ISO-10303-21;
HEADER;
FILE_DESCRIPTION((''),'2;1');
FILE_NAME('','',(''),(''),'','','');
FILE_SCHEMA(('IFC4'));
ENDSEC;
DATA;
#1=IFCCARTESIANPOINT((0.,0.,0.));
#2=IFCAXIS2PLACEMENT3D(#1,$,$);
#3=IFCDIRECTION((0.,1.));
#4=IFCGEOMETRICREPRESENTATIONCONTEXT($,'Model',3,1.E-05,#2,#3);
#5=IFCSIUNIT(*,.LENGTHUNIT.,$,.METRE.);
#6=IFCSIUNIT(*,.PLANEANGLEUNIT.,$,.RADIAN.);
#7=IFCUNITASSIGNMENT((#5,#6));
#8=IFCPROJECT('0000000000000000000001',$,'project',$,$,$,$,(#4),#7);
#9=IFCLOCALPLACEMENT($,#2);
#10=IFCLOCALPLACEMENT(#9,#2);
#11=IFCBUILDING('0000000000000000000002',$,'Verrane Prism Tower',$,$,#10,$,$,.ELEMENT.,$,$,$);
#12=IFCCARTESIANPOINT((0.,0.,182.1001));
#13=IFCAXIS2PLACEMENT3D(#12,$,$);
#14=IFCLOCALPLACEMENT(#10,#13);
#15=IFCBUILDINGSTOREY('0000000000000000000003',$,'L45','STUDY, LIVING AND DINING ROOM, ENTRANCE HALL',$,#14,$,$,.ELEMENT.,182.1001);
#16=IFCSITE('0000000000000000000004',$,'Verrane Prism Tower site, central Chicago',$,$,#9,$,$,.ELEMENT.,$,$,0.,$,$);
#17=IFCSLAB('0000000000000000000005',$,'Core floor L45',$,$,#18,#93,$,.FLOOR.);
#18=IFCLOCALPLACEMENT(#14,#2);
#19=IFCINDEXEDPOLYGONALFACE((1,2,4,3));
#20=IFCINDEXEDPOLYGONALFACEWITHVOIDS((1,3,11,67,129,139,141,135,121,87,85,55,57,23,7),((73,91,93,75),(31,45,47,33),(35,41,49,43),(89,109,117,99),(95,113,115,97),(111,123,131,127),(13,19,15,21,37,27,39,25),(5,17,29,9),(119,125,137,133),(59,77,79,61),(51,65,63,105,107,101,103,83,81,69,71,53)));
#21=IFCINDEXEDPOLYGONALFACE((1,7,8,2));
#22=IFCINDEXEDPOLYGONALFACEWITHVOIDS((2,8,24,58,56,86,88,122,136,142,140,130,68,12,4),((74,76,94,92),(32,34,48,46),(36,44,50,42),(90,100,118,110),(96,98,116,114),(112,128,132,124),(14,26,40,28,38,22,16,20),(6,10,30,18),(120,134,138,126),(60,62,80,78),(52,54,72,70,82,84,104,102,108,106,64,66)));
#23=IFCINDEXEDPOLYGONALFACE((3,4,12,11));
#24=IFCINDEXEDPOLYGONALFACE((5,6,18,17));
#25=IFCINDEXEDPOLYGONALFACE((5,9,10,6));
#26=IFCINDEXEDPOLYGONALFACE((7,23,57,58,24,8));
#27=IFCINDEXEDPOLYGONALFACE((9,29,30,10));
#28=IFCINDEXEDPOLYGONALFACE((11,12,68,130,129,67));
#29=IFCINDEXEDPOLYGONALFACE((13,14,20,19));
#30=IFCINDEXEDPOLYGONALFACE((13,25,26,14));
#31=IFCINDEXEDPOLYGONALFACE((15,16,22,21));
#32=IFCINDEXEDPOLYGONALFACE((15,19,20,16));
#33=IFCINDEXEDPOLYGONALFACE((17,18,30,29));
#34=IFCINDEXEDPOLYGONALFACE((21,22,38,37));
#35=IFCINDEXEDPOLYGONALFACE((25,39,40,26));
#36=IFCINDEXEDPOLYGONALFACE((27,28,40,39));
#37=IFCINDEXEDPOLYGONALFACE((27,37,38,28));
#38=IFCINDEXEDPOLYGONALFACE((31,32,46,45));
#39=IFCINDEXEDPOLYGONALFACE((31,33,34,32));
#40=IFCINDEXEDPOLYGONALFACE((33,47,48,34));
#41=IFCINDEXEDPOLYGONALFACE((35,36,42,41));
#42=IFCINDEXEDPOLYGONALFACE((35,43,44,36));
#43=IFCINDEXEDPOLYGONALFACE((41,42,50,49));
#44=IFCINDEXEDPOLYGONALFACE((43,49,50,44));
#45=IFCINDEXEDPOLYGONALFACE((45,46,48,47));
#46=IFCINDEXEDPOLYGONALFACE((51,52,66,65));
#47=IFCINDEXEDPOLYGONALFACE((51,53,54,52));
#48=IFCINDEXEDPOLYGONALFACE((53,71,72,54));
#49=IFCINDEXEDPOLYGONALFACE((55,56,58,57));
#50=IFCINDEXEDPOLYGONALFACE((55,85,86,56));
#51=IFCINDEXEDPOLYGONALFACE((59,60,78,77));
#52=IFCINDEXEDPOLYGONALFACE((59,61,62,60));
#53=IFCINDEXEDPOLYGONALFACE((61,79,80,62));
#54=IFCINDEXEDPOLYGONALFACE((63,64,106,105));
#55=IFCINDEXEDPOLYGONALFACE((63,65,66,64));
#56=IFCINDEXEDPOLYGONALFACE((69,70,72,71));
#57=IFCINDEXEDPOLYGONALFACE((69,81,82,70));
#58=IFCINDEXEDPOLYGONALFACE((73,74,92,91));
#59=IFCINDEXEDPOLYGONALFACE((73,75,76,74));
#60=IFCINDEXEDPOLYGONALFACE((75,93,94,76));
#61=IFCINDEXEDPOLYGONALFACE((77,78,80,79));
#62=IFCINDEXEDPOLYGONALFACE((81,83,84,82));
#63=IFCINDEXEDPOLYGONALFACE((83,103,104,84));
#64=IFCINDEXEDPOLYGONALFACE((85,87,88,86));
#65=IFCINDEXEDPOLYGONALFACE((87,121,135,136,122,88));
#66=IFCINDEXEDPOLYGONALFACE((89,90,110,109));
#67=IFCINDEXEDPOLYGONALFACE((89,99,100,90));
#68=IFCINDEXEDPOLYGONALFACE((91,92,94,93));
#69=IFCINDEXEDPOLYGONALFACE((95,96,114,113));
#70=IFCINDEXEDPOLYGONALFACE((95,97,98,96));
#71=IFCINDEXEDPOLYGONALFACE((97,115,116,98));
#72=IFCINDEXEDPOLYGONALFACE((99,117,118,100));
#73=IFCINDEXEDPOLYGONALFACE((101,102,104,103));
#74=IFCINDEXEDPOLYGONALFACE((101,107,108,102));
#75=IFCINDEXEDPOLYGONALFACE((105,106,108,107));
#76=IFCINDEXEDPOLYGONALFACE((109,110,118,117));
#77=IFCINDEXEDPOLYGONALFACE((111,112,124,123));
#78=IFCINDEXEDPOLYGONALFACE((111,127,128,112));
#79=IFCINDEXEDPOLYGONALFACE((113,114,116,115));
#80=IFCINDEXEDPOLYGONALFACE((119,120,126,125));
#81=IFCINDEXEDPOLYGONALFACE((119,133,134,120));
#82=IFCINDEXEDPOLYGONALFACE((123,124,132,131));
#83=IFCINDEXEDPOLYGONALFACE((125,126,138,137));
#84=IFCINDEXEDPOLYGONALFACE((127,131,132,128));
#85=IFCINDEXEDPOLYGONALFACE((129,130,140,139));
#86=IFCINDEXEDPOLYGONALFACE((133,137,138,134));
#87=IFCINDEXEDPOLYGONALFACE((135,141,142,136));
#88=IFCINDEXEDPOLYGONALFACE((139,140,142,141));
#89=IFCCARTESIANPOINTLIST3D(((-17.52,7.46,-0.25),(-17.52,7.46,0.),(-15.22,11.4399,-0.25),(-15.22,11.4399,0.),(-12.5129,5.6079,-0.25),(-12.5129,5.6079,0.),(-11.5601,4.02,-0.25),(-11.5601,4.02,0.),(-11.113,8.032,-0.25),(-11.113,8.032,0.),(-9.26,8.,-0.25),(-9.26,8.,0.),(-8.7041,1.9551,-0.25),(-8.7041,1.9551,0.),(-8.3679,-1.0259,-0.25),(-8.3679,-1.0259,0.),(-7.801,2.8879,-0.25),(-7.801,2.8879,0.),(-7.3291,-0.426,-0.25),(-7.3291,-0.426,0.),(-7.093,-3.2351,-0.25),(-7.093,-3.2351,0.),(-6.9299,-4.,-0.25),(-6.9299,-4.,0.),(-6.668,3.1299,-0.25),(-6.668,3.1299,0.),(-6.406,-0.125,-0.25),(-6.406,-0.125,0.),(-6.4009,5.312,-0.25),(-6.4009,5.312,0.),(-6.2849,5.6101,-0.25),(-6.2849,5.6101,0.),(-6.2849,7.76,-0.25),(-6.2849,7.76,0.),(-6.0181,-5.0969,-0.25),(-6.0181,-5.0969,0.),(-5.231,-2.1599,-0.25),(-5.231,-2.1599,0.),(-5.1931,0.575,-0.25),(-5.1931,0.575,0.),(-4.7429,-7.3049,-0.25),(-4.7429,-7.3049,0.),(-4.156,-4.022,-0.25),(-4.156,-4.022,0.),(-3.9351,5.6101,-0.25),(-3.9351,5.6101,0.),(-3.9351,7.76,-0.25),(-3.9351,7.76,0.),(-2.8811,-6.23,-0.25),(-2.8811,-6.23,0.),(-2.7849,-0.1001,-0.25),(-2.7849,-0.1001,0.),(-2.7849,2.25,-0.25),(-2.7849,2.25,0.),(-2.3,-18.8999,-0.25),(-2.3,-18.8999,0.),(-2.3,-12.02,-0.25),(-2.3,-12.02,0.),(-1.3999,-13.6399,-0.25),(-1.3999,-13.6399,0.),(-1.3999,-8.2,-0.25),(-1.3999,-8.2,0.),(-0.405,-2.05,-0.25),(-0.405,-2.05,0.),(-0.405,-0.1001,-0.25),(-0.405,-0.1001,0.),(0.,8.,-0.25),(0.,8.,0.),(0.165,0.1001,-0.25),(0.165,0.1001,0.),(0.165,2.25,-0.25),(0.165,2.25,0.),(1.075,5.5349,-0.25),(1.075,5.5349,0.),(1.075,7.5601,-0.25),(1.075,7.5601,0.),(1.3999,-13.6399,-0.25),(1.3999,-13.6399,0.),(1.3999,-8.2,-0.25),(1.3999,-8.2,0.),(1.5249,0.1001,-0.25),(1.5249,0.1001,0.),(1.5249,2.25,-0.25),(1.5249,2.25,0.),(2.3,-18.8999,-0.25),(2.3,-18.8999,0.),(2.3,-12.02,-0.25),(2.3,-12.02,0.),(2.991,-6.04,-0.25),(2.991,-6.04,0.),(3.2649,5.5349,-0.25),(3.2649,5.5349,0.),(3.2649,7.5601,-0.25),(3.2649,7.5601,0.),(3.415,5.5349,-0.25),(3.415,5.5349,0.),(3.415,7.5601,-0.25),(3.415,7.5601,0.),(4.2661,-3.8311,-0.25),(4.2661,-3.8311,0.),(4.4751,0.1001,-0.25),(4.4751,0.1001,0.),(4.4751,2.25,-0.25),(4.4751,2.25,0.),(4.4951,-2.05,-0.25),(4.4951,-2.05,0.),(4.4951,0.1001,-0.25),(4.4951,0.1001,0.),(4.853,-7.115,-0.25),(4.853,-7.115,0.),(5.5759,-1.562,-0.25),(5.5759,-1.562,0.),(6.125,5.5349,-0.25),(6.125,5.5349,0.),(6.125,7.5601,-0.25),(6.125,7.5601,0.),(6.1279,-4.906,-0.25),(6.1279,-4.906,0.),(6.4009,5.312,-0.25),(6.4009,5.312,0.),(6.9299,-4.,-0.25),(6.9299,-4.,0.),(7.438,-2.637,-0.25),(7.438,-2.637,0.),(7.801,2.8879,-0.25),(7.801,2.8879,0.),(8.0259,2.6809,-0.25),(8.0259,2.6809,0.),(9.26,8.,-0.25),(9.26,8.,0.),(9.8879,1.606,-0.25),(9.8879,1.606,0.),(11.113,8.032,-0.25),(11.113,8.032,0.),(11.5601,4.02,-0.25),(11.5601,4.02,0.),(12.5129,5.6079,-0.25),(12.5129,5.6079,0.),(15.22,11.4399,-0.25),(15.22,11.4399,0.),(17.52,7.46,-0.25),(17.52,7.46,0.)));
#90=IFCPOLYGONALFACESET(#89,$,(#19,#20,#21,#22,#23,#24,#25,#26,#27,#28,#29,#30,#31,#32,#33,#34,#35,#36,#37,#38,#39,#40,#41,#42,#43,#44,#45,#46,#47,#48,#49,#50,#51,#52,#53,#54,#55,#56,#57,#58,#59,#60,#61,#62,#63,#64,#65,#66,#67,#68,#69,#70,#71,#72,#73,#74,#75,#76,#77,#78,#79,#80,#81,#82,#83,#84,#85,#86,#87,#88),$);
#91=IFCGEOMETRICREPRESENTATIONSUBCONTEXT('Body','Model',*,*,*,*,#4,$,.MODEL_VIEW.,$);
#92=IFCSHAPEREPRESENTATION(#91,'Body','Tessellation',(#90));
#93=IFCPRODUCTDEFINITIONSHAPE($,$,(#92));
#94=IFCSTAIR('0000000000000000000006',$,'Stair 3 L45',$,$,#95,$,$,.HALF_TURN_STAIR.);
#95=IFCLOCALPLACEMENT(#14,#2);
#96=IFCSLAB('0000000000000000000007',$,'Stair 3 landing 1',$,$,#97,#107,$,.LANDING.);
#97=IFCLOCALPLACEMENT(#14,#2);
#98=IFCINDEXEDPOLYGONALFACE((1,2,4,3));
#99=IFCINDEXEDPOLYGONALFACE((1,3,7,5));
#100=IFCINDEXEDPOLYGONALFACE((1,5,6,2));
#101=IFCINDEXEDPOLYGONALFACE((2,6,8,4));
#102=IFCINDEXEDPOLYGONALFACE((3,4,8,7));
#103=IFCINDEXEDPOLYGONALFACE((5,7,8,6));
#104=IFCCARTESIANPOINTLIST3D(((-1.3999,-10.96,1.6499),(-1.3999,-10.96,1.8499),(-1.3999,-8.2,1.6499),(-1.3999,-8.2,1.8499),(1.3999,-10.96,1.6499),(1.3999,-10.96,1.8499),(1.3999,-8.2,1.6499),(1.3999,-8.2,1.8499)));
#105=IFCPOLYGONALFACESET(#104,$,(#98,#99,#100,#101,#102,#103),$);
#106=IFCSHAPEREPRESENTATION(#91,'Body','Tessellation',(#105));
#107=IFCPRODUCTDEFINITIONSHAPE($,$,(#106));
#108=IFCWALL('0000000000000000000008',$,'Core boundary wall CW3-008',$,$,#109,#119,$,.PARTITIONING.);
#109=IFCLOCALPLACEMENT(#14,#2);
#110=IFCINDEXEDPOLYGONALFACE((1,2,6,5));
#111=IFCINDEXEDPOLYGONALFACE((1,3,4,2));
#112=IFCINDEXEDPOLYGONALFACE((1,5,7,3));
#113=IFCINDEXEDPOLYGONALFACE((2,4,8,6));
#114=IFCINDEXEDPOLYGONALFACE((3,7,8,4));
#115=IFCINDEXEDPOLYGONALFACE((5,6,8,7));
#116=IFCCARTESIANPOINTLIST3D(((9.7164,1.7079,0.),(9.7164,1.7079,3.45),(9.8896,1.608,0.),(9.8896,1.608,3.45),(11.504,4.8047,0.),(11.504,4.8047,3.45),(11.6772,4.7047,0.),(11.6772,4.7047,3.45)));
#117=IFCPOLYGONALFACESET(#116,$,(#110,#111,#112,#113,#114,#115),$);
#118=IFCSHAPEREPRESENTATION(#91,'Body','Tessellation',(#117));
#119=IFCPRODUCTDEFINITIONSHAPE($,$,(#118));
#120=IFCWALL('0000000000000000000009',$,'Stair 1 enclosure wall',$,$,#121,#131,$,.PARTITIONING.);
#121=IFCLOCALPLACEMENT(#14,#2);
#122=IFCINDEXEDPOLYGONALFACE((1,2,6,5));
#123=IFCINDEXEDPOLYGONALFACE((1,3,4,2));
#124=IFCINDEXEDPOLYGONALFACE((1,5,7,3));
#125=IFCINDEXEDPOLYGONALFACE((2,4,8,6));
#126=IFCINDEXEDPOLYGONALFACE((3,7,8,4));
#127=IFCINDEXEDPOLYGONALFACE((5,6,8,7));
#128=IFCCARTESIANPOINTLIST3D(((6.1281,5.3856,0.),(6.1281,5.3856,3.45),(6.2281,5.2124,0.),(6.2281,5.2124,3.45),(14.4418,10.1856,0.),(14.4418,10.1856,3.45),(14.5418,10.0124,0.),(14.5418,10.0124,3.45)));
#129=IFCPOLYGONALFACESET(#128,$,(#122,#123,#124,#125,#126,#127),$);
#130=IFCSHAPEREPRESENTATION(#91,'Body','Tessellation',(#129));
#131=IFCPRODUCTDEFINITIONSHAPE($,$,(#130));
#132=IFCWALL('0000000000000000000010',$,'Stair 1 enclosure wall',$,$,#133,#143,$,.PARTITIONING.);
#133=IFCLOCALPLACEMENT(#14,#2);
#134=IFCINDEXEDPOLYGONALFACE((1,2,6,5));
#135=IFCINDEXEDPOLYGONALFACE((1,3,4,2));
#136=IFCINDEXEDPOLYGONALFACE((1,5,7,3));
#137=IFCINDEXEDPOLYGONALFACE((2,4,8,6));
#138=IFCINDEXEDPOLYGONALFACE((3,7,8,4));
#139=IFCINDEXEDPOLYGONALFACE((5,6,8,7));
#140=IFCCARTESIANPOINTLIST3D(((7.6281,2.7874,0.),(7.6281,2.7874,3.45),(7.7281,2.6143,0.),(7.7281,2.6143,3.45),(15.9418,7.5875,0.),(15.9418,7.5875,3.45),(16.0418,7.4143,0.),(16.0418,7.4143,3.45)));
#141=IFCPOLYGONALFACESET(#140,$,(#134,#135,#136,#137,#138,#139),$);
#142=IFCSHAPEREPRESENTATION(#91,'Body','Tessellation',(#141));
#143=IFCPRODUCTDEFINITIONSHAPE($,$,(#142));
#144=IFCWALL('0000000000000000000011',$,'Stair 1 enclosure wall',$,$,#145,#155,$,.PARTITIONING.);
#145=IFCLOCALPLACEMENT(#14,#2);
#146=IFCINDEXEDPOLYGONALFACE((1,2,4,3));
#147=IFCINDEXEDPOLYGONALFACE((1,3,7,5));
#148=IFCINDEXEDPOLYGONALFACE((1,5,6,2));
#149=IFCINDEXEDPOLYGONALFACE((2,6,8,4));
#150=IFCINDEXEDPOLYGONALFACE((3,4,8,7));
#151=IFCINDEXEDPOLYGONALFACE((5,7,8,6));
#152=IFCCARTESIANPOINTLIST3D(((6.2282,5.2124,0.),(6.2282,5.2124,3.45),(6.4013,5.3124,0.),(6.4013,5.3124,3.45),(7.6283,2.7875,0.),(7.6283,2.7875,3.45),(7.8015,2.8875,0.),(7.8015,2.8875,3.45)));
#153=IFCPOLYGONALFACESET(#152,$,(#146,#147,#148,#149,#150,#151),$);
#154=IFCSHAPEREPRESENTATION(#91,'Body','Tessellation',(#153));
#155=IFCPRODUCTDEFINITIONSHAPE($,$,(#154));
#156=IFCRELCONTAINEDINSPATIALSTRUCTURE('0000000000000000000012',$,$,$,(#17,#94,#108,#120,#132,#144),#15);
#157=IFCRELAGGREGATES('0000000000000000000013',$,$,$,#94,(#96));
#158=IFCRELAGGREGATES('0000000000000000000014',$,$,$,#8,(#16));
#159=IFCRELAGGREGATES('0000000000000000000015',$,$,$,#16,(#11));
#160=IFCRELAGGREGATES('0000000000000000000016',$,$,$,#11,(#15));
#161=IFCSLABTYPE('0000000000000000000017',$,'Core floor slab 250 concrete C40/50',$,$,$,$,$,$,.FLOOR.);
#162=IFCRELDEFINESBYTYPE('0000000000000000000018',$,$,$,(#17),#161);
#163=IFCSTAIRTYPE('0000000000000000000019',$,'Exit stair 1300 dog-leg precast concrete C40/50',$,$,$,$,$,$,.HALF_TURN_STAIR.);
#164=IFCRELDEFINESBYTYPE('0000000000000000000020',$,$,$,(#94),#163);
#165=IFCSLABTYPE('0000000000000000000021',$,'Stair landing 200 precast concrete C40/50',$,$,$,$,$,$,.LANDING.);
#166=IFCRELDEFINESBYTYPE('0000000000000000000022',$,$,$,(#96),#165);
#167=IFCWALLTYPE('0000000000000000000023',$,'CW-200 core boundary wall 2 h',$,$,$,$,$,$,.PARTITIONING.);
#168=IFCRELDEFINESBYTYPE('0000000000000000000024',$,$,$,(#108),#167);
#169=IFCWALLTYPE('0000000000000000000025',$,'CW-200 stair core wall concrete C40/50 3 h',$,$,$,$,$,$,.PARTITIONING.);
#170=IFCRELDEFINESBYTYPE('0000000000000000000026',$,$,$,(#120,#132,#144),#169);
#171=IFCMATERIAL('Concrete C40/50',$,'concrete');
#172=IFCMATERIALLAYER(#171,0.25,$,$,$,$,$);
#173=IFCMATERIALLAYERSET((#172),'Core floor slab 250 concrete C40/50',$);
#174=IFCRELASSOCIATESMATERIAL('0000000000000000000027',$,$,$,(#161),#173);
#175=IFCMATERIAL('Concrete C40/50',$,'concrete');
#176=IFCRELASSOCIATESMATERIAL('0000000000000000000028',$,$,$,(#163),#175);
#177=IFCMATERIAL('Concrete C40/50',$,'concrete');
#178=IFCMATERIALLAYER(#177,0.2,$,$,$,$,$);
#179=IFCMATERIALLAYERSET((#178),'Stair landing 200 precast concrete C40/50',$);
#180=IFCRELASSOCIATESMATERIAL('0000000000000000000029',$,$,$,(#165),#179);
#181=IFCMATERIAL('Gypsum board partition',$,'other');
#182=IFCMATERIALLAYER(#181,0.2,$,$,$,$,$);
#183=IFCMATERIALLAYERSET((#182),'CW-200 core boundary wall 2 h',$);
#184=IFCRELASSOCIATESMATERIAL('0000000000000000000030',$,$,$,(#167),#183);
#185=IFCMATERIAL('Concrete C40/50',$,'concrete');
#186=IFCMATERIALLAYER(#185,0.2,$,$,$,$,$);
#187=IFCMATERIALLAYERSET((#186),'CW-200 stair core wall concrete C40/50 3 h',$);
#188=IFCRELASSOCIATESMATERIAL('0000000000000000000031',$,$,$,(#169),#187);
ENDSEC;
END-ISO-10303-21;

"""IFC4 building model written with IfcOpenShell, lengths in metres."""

from ifc_helpers import new_model, si_unit, direction, frame, frame_2d, origin, place, context, subcontext, project, spatial, polyline, rectangle, outline, extrude, material, layer, layer_set, type_object, element, aggregate, save


model = new_model("IFC4")

# Units and contexts
model_context = context("Model", 3, precision=1e-05, world=origin(), true_north=direction((0.0, 1.0)))
body_context = subcontext(model_context, "Body", "Model", "MODEL_VIEW")
ifc_project = project(units=[si_unit("LENGTHUNIT", "METRE"), si_unit("PLANEANGLEUNIT", "RADIAN")], contexts=[model_context])

# Site, building, storey
site_placement = place(None, origin())
site = spatial("IfcSite", under=ifc_project, at=site_placement, Name="Verrane Prism Tower site, central Chicago", CompositionType="ELEMENT", RefElevation=0.0)
building_placement = place(site_placement, origin())
building = spatial("IfcBuilding", under=site, at=building_placement, Name="Verrane Prism Tower", CompositionType="ELEMENT")
storey_placement = place(building_placement, frame((0.0, 0.0, 182.1001)))
storey = spatial("IfcBuildingStorey", under=building, at=storey_placement, Name="L45", Description="STUDY, LIVING AND DINING ROOM, ENTRANCE HALL", CompositionType="ELEMENT", Elevation=182.1001)

# Slab
ifc_material_1 = material(Name="Concrete C40/50", Category="concrete")
ifc_layer_1 = layer(ifc_material_1, 0.25)
ifc_layer_set_1 = layer_set([ifc_layer_1], Name="Core floor slab 250 concrete C40/50")
slab_type_1 = type_object("IfcSlabType", Name="Core floor slab 250 concrete C40/50", PredefinedType="FLOOR", material=ifc_layer_set_1)
slab_1_placement = place(storey_placement, frame((0.0, 0.0, -0.25)))
element("IfcSlab", 1, at=slab_1_placement, inside=storey, type_object=slab_type_1, Name="Core floor L45", PredefinedType="FLOOR", context=body_context, shape_type="SweptSolid", body=[
    extrude(outline(polyline([(11.5601, 4.02), (17.52, 7.46), (15.22, 11.4399), (9.26, 8.0), (0.0, 8.0), (-9.26, 8.0), (-15.22, 11.4399), (-17.52, 7.46), (-11.5601, 4.02), (-6.9299, -4.0), (-2.3, -12.02), (-2.3, -18.8999), (2.3, -18.8999), (2.3, -12.02), (6.9299, -4.0), (11.5601, 4.02)]), holes=[polyline([(1.3999, -8.2), (1.3999, -13.6399), (-1.3999, -13.6399), (-1.3999, -8.2), (1.3999, -8.2)]), polyline([(-2.8811, -6.23), (-4.7429, -7.3049), (-6.0181, -5.0969), (-4.156, -4.022), (-2.8811, -6.23)]), polyline([(-7.801, 2.8879), (-12.5129, 5.6079), (-11.113, 8.032), (-6.4009, 5.312), (-7.801, 2.8879)]), polyline([(-6.2849, 5.6101), (-6.2849, 7.76), (-3.9351, 7.76), (-3.9351, 5.6101), (-6.2849, 5.6101)]), polyline([(4.2661, -3.8311), (6.1279, -4.906), (4.853, -7.115), (2.991, -6.04), (4.2661, -3.8311)]), polyline([(7.438, -2.637), (5.5759, -1.562), (8.0259, 2.6809), (9.8879, 1.606), (7.438, -2.637)]), polyline([(0.165, 0.1001), (1.5249, 0.1001), (1.5249, 2.25), (4.4751, 2.25), (4.4751, 0.1001), (4.4951, 0.1001), (4.4951, -2.05), (-0.405, -2.05), (-0.405, -0.1001), (-2.7849, -0.1001), (-2.7849, 2.25), (0.165, 2.25), (0.165, 0.1001)]), polyline([(6.4009, 5.312), (11.113, 8.032), (12.5129, 5.6079), (7.801, 2.8879), (6.4009, 5.312)]), polyline([(1.075, 5.5349), (1.075, 7.5601), (3.2649, 7.5601), (3.2649, 5.5349), (1.075, 5.5349)]), polyline([(3.415, 7.5601), (6.125, 7.5601), (6.125, 5.5349), (3.415, 5.5349), (3.415, 7.5601)]), polyline([(-5.231, -2.1599), (-7.093, -3.2351), (-8.3679, -1.0259), (-7.3291, -0.426), (-8.7041, 1.9551), (-6.668, 3.1299), (-5.1931, 0.575), (-6.406, -0.125), (-5.231, -2.1599)])]), origin(), (0.0, 0.0, 1.0), 0.25),
])

# Stair, slab
ifc_material_2 = material(Name="Concrete C40/50", Category="concrete")
stair_type = type_object("IfcStairType", Name="Exit stair 1300 dog-leg precast concrete C40/50", PredefinedType="HALF_TURN_STAIR", material=ifc_material_2)
stair_1_placement = place(storey_placement, origin())
stair_1 = element("IfcStair", 2, at=stair_1_placement, inside=storey, type_object=stair_type, Name="Stair 3 L45", PredefinedType="HALF_TURN_STAIR")
ifc_material_3 = material(Name="Concrete C40/50", Category="concrete")
ifc_layer_2 = layer(ifc_material_3, 0.2)
ifc_layer_set_2 = layer_set([ifc_layer_2], Name="Stair landing 200 precast concrete C40/50")
slab_type_2 = type_object("IfcSlabType", Name="Stair landing 200 precast concrete C40/50", PredefinedType="LANDING", material=ifc_layer_set_2)
slab_2_placement = place(storey_placement, frame((0.0, 0.0, 1.6499)))
slab_2 = element("IfcSlab", 3, at=slab_2_placement, type_object=slab_type_2, Name="Stair 3 landing 1", PredefinedType="LANDING", context=body_context, shape_type="SweptSolid", body=[
    extrude(outline(polyline([(1.3999, -10.96), (1.3999, -8.2), (-1.3999, -8.2), (-1.3999, -10.96), (1.3999, -10.96)])), origin(), (0.0, 0.0, 1.0), 0.2),
])
aggregate(stair_1, [slab_2])

# Walls
ifc_material_4 = material(Name="Gypsum board partition", Category="other")
ifc_layer_3 = layer(ifc_material_4, 0.2)
ifc_layer_set_3 = layer_set([ifc_layer_3], Name="CW-200 core boundary wall 2 h")
wall_type_1 = type_object("IfcWallType", Name="CW-200 core boundary wall 2 h", PredefinedType="PARTITIONING", material=ifc_layer_set_3)
wall_1_placement = place(storey_placement, frame((9.803, 1.658, 0.0), z_axis=(0.0, 0.0, 1.0), x_axis=(0.499943, 0.866058, 0.0)))
element("IfcWall", 4, at=wall_1_placement, inside=storey, type_object=wall_type_1, Name="Core boundary wall CW3-008", PredefinedType="PARTITIONING", context=body_context, shape_type="SweptSolid", body=[
    extrude(rectangle(XDim=3.5757, YDim=0.2, at=frame_2d((1.7878, 0.0))), origin(), (0.0, 0.0, 1.0), 3.45),
])
ifc_material_5 = material(Name="Concrete C40/50", Category="concrete")
ifc_layer_4 = layer(ifc_material_5, 0.2)
ifc_layer_set_4 = layer_set([ifc_layer_4], Name="CW-200 stair core wall concrete C40/50 3 h")
wall_type_2 = type_object("IfcWallType", Name="CW-200 stair core wall concrete C40/50 3 h", PredefinedType="PARTITIONING", material=ifc_layer_set_4)
for number, where, z_axis, x_axis, name in (
    (5, (6.1782, 5.2991, 0.0), (0.0, 0.0, 1.0), (0.86602, 0.500009, 0.0), "Stair 1 enclosure wall"),
    (6, (7.6782, 2.7009, 0.0), (0.0, 0.0, 1.0), (0.86602, 0.500009, 0.0), "Stair 1 enclosure wall"),
):
    element("IfcWall", number, at=place(storey_placement, frame(where, z_axis=z_axis, x_axis=x_axis)), inside=storey, type_object=wall_type_2, Name=name, PredefinedType="PARTITIONING", context=body_context, shape_type="SweptSolid", body=[
        extrude(rectangle(XDim=9.5999, YDim=0.2, at=frame_2d((4.7998, 0.0))), origin(), (0.0, 0.0, 1.0), 3.45),
    ])
wall_2_placement = place(storey_placement, frame((7.7148, 2.8376, 0.0), z_axis=(0.0, 0.0, 1.0), x_axis=(-0.50005, 0.865997, 0.0)))
element("IfcWall", 7, at=wall_2_placement, inside=storey, type_object=wall_type_2, Name="Stair 1 enclosure wall", PredefinedType="PARTITIONING", context=body_context, shape_type="SweptSolid", body=[
    extrude(rectangle(XDim=2.8, YDim=0.2, at=frame_2d((1.3999, 0.0))), origin(), (0.0, 0.0, 1.0), 3.45),
])

save(model, "model.ifc")
